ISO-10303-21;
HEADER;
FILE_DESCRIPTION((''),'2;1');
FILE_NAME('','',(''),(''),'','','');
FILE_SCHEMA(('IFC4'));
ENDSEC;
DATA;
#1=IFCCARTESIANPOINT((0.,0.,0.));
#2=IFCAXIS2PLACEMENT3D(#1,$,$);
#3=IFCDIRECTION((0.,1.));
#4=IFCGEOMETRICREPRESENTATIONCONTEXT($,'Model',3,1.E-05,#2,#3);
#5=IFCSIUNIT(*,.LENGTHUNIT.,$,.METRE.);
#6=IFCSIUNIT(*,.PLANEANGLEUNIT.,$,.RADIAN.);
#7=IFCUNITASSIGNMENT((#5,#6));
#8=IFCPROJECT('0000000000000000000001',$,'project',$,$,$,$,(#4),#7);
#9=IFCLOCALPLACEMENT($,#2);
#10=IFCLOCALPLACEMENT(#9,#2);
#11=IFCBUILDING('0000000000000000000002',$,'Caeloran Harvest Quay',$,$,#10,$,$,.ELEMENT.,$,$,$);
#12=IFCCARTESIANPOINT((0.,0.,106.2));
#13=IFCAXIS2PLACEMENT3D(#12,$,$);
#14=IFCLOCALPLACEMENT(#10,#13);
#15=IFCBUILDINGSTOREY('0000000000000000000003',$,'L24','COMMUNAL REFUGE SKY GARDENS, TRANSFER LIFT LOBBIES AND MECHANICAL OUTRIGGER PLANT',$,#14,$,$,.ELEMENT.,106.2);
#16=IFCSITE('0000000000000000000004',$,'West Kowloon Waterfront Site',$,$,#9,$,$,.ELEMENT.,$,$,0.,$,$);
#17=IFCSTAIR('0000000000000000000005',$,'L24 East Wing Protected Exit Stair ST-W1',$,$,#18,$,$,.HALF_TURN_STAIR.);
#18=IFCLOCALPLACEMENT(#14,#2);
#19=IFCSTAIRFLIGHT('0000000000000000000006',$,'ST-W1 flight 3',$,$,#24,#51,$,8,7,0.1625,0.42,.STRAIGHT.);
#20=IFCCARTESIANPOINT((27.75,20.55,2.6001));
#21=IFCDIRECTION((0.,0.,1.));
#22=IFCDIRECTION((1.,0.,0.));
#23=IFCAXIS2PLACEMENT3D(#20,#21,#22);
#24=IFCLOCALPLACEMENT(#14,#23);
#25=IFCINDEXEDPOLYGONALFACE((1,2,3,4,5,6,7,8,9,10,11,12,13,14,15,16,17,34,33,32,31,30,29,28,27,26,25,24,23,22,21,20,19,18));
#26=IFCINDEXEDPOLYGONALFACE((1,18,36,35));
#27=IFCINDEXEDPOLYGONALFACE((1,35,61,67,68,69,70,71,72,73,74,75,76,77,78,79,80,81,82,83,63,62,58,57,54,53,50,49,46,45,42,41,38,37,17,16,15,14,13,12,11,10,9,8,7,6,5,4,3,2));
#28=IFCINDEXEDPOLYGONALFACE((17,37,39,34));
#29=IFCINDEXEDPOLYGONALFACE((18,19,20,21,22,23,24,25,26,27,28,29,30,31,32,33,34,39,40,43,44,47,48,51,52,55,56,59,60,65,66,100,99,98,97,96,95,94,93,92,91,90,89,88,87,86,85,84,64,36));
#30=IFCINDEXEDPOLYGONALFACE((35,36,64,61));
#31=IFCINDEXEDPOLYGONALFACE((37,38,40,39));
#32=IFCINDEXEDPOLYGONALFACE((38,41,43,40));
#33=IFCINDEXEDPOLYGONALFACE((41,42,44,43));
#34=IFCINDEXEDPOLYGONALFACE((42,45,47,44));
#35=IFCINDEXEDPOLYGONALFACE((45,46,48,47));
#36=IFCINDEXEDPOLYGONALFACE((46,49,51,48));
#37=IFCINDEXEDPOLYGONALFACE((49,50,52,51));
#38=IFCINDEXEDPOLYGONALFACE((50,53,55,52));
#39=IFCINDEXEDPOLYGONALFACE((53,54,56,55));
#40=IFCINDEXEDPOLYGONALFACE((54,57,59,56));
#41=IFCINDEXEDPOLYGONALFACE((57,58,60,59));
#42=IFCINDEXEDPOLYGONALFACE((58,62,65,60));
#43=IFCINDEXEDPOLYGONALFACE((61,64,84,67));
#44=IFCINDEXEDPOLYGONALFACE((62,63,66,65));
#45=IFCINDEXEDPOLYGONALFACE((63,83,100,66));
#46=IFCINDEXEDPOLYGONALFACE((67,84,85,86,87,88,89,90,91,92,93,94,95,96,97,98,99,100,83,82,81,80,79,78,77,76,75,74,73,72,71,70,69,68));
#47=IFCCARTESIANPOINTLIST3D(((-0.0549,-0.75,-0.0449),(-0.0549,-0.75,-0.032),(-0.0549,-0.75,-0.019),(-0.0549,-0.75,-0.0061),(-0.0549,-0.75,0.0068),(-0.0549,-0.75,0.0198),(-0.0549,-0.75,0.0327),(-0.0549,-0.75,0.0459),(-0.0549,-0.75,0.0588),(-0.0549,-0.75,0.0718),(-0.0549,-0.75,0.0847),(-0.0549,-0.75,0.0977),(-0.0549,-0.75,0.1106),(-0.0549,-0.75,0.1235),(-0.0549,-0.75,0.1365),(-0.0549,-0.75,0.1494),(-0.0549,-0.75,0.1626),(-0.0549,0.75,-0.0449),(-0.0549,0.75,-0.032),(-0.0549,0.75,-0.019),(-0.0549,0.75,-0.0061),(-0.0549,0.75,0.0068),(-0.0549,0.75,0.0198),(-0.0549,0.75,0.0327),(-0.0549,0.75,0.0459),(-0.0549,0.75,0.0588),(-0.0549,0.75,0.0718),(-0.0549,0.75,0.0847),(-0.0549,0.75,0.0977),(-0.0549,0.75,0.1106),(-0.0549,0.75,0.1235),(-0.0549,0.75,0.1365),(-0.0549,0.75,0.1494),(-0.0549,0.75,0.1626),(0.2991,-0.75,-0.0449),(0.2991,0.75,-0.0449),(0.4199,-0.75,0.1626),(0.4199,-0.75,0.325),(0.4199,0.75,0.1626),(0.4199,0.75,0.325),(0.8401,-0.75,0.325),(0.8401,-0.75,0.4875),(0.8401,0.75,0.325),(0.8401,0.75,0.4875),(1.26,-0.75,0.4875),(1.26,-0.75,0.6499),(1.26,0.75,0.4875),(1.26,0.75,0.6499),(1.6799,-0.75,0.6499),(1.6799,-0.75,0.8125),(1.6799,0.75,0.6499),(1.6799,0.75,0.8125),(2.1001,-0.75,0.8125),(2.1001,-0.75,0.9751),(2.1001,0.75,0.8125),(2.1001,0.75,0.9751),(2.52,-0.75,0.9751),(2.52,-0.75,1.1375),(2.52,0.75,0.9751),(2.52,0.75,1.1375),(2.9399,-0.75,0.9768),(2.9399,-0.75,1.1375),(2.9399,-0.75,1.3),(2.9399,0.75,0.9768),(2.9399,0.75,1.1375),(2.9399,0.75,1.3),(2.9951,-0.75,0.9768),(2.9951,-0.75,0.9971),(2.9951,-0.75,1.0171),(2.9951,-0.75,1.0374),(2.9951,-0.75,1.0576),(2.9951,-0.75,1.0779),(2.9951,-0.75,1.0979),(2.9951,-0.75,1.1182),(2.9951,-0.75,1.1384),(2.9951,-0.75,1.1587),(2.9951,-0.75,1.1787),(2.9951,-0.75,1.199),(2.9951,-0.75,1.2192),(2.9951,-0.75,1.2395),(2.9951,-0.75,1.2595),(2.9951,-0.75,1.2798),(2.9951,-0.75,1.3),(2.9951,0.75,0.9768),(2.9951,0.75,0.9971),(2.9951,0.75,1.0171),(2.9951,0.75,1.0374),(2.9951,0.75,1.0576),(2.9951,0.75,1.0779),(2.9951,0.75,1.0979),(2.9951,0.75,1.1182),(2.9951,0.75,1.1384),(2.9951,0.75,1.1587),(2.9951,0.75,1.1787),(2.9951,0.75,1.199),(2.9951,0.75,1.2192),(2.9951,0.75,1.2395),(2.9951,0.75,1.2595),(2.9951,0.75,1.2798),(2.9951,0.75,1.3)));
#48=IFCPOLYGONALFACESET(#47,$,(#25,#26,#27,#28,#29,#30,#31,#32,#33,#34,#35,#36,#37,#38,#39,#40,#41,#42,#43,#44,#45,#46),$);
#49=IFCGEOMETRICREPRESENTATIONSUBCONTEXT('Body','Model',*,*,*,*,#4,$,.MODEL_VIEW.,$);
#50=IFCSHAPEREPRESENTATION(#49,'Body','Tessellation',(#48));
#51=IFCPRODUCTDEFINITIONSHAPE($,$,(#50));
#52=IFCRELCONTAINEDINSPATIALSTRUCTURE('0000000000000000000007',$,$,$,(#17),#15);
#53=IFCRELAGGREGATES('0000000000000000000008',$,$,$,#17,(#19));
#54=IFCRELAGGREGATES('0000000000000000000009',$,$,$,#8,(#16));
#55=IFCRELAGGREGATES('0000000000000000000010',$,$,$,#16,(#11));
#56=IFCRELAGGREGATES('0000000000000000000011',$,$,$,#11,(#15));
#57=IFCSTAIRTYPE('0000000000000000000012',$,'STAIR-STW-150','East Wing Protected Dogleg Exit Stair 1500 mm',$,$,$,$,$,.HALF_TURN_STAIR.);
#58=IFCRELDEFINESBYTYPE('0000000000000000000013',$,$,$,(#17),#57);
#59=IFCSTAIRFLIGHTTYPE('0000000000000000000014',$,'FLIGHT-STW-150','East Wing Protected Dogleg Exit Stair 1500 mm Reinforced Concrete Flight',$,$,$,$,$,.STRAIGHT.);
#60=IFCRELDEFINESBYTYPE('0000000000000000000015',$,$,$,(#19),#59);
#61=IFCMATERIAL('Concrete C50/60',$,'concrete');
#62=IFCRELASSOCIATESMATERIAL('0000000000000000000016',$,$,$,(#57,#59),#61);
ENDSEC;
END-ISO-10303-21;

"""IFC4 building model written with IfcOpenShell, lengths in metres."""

from ifc_helpers import new_model, si_unit, direction, frame, origin, place, context, subcontext, project, spatial, polyline, outline, extrude, material, type_object, element, aggregate, save


model = new_model("IFC4")

# Units and contexts
model_context = context("Model", 3, precision=1e-05, world=origin(), true_north=direction((0.0, 1.0)))
body_context = subcontext(model_context, "Body", "Model", "MODEL_VIEW")
ifc_project = project(units=[si_unit("LENGTHUNIT", "METRE"), si_unit("PLANEANGLEUNIT", "RADIAN")], contexts=[model_context])

# Site, building, storey
site_placement = place(None, origin())
site = spatial("IfcSite", under=ifc_project, at=site_placement, Name="West Kowloon Waterfront Site", CompositionType="ELEMENT", RefElevation=0.0)
building_placement = place(site_placement, origin())
building = spatial("IfcBuilding", under=site, at=building_placement, Name="Caeloran Harvest Quay", CompositionType="ELEMENT")
storey_placement = place(building_placement, frame((0.0, 0.0, 106.2)))
storey = spatial("IfcBuildingStorey", under=building, at=storey_placement, Name="L24", Description="COMMUNAL REFUGE SKY GARDENS, TRANSFER LIFT LOBBIES AND MECHANICAL OUTRIGGER PLANT", CompositionType="ELEMENT", Elevation=106.2)

# Stair, stair flight
ifc_material_1 = material(Name="Concrete C50/60", Category="concrete")
stair_type = type_object("IfcStairType", Name="STAIR-STW-150", Description="East Wing Protected Dogleg Exit Stair 1500 mm", PredefinedType="HALF_TURN_STAIR", material=ifc_material_1)
stair_placement = place(storey_placement, origin())
stair = element("IfcStair", 1, at=stair_placement, inside=storey, type_object=stair_type, Name="L24 East Wing Protected Exit Stair ST-W1", PredefinedType="HALF_TURN_STAIR")
stair_flight_type = type_object("IfcStairFlightType", Name="FLIGHT-STW-150", Description="East Wing Protected Dogleg Exit Stair 1500 mm Reinforced Concrete Flight", PredefinedType="STRAIGHT", material=ifc_material_1)
stair_flight_1_placement = place(storey_placement, frame((27.75, 20.55, 2.6001), z_axis=(0.0, 0.0, 1.0), x_axis=(1.0, 0.0, 0.0)))
stair_flight_1 = element("IfcStairFlight", 2, at=stair_flight_1_placement, type_object=stair_flight_type, Name="ST-W1 flight 3", NumberOfRisers=8, NumberOfTreads=7, PredefinedType="STRAIGHT", RiserHeight=0.1625, TreadLength=0.42, context=body_context, shape_type="SweptSolid", body=[
    extrude(outline(polyline([(-0.0549, -0.0449), (-0.0549, -0.032), (-0.0549, -0.019), (-0.0549, -0.0061), (-0.0549, 0.0068), (-0.0549, 0.0198), (-0.0549, 0.0327), (-0.0549, 0.0459), (-0.0549, 0.0588), (-0.0549, 0.0718), (-0.0549, 0.0847), (-0.0549, 0.0977), (-0.0549, 0.1106), (-0.0549, 0.1235), (-0.0549, 0.1365), (-0.0549, 0.1494), (-0.0549, 0.1626), (0.4199, 0.1626), (0.4199, 0.325), (0.8401, 0.325), (0.8401, 0.4875), (1.26, 0.4875), (1.26, 0.6499), (1.6799, 0.6499), (1.6799, 0.8125), (2.1001, 0.8125), (2.1001, 0.9751), (2.52, 0.9751), (2.52, 1.1375), (2.9399, 1.1375), (2.9399, 1.3), (2.9951, 1.3), (2.9951, 1.2798), (2.9951, 1.2595), (2.9951, 1.2395), (2.9951, 1.2192), (2.9951, 1.199), (2.9951, 1.1787), (2.9951, 1.1587), (2.9951, 1.1384), (2.9951, 1.1182), (2.9951, 1.0979), (2.9951, 1.0779), (2.9951, 1.0576), (2.9951, 1.0374), (2.9951, 1.0171), (2.9951, 0.9971), (2.9951, 0.9768), (2.9399, 0.9768), (0.2991, -0.0449), (-0.0549, -0.0449)])), frame((0.0, 0.75, 0.0), z_axis=(0.0, -1.0, 0.0), x_axis=(1.0, 0.0, 0.0)), (0.0, 0.0, 1.0), 1.5),
])
aggregate(stair, [stair_flight_1])

save(model, "model.ifc")
